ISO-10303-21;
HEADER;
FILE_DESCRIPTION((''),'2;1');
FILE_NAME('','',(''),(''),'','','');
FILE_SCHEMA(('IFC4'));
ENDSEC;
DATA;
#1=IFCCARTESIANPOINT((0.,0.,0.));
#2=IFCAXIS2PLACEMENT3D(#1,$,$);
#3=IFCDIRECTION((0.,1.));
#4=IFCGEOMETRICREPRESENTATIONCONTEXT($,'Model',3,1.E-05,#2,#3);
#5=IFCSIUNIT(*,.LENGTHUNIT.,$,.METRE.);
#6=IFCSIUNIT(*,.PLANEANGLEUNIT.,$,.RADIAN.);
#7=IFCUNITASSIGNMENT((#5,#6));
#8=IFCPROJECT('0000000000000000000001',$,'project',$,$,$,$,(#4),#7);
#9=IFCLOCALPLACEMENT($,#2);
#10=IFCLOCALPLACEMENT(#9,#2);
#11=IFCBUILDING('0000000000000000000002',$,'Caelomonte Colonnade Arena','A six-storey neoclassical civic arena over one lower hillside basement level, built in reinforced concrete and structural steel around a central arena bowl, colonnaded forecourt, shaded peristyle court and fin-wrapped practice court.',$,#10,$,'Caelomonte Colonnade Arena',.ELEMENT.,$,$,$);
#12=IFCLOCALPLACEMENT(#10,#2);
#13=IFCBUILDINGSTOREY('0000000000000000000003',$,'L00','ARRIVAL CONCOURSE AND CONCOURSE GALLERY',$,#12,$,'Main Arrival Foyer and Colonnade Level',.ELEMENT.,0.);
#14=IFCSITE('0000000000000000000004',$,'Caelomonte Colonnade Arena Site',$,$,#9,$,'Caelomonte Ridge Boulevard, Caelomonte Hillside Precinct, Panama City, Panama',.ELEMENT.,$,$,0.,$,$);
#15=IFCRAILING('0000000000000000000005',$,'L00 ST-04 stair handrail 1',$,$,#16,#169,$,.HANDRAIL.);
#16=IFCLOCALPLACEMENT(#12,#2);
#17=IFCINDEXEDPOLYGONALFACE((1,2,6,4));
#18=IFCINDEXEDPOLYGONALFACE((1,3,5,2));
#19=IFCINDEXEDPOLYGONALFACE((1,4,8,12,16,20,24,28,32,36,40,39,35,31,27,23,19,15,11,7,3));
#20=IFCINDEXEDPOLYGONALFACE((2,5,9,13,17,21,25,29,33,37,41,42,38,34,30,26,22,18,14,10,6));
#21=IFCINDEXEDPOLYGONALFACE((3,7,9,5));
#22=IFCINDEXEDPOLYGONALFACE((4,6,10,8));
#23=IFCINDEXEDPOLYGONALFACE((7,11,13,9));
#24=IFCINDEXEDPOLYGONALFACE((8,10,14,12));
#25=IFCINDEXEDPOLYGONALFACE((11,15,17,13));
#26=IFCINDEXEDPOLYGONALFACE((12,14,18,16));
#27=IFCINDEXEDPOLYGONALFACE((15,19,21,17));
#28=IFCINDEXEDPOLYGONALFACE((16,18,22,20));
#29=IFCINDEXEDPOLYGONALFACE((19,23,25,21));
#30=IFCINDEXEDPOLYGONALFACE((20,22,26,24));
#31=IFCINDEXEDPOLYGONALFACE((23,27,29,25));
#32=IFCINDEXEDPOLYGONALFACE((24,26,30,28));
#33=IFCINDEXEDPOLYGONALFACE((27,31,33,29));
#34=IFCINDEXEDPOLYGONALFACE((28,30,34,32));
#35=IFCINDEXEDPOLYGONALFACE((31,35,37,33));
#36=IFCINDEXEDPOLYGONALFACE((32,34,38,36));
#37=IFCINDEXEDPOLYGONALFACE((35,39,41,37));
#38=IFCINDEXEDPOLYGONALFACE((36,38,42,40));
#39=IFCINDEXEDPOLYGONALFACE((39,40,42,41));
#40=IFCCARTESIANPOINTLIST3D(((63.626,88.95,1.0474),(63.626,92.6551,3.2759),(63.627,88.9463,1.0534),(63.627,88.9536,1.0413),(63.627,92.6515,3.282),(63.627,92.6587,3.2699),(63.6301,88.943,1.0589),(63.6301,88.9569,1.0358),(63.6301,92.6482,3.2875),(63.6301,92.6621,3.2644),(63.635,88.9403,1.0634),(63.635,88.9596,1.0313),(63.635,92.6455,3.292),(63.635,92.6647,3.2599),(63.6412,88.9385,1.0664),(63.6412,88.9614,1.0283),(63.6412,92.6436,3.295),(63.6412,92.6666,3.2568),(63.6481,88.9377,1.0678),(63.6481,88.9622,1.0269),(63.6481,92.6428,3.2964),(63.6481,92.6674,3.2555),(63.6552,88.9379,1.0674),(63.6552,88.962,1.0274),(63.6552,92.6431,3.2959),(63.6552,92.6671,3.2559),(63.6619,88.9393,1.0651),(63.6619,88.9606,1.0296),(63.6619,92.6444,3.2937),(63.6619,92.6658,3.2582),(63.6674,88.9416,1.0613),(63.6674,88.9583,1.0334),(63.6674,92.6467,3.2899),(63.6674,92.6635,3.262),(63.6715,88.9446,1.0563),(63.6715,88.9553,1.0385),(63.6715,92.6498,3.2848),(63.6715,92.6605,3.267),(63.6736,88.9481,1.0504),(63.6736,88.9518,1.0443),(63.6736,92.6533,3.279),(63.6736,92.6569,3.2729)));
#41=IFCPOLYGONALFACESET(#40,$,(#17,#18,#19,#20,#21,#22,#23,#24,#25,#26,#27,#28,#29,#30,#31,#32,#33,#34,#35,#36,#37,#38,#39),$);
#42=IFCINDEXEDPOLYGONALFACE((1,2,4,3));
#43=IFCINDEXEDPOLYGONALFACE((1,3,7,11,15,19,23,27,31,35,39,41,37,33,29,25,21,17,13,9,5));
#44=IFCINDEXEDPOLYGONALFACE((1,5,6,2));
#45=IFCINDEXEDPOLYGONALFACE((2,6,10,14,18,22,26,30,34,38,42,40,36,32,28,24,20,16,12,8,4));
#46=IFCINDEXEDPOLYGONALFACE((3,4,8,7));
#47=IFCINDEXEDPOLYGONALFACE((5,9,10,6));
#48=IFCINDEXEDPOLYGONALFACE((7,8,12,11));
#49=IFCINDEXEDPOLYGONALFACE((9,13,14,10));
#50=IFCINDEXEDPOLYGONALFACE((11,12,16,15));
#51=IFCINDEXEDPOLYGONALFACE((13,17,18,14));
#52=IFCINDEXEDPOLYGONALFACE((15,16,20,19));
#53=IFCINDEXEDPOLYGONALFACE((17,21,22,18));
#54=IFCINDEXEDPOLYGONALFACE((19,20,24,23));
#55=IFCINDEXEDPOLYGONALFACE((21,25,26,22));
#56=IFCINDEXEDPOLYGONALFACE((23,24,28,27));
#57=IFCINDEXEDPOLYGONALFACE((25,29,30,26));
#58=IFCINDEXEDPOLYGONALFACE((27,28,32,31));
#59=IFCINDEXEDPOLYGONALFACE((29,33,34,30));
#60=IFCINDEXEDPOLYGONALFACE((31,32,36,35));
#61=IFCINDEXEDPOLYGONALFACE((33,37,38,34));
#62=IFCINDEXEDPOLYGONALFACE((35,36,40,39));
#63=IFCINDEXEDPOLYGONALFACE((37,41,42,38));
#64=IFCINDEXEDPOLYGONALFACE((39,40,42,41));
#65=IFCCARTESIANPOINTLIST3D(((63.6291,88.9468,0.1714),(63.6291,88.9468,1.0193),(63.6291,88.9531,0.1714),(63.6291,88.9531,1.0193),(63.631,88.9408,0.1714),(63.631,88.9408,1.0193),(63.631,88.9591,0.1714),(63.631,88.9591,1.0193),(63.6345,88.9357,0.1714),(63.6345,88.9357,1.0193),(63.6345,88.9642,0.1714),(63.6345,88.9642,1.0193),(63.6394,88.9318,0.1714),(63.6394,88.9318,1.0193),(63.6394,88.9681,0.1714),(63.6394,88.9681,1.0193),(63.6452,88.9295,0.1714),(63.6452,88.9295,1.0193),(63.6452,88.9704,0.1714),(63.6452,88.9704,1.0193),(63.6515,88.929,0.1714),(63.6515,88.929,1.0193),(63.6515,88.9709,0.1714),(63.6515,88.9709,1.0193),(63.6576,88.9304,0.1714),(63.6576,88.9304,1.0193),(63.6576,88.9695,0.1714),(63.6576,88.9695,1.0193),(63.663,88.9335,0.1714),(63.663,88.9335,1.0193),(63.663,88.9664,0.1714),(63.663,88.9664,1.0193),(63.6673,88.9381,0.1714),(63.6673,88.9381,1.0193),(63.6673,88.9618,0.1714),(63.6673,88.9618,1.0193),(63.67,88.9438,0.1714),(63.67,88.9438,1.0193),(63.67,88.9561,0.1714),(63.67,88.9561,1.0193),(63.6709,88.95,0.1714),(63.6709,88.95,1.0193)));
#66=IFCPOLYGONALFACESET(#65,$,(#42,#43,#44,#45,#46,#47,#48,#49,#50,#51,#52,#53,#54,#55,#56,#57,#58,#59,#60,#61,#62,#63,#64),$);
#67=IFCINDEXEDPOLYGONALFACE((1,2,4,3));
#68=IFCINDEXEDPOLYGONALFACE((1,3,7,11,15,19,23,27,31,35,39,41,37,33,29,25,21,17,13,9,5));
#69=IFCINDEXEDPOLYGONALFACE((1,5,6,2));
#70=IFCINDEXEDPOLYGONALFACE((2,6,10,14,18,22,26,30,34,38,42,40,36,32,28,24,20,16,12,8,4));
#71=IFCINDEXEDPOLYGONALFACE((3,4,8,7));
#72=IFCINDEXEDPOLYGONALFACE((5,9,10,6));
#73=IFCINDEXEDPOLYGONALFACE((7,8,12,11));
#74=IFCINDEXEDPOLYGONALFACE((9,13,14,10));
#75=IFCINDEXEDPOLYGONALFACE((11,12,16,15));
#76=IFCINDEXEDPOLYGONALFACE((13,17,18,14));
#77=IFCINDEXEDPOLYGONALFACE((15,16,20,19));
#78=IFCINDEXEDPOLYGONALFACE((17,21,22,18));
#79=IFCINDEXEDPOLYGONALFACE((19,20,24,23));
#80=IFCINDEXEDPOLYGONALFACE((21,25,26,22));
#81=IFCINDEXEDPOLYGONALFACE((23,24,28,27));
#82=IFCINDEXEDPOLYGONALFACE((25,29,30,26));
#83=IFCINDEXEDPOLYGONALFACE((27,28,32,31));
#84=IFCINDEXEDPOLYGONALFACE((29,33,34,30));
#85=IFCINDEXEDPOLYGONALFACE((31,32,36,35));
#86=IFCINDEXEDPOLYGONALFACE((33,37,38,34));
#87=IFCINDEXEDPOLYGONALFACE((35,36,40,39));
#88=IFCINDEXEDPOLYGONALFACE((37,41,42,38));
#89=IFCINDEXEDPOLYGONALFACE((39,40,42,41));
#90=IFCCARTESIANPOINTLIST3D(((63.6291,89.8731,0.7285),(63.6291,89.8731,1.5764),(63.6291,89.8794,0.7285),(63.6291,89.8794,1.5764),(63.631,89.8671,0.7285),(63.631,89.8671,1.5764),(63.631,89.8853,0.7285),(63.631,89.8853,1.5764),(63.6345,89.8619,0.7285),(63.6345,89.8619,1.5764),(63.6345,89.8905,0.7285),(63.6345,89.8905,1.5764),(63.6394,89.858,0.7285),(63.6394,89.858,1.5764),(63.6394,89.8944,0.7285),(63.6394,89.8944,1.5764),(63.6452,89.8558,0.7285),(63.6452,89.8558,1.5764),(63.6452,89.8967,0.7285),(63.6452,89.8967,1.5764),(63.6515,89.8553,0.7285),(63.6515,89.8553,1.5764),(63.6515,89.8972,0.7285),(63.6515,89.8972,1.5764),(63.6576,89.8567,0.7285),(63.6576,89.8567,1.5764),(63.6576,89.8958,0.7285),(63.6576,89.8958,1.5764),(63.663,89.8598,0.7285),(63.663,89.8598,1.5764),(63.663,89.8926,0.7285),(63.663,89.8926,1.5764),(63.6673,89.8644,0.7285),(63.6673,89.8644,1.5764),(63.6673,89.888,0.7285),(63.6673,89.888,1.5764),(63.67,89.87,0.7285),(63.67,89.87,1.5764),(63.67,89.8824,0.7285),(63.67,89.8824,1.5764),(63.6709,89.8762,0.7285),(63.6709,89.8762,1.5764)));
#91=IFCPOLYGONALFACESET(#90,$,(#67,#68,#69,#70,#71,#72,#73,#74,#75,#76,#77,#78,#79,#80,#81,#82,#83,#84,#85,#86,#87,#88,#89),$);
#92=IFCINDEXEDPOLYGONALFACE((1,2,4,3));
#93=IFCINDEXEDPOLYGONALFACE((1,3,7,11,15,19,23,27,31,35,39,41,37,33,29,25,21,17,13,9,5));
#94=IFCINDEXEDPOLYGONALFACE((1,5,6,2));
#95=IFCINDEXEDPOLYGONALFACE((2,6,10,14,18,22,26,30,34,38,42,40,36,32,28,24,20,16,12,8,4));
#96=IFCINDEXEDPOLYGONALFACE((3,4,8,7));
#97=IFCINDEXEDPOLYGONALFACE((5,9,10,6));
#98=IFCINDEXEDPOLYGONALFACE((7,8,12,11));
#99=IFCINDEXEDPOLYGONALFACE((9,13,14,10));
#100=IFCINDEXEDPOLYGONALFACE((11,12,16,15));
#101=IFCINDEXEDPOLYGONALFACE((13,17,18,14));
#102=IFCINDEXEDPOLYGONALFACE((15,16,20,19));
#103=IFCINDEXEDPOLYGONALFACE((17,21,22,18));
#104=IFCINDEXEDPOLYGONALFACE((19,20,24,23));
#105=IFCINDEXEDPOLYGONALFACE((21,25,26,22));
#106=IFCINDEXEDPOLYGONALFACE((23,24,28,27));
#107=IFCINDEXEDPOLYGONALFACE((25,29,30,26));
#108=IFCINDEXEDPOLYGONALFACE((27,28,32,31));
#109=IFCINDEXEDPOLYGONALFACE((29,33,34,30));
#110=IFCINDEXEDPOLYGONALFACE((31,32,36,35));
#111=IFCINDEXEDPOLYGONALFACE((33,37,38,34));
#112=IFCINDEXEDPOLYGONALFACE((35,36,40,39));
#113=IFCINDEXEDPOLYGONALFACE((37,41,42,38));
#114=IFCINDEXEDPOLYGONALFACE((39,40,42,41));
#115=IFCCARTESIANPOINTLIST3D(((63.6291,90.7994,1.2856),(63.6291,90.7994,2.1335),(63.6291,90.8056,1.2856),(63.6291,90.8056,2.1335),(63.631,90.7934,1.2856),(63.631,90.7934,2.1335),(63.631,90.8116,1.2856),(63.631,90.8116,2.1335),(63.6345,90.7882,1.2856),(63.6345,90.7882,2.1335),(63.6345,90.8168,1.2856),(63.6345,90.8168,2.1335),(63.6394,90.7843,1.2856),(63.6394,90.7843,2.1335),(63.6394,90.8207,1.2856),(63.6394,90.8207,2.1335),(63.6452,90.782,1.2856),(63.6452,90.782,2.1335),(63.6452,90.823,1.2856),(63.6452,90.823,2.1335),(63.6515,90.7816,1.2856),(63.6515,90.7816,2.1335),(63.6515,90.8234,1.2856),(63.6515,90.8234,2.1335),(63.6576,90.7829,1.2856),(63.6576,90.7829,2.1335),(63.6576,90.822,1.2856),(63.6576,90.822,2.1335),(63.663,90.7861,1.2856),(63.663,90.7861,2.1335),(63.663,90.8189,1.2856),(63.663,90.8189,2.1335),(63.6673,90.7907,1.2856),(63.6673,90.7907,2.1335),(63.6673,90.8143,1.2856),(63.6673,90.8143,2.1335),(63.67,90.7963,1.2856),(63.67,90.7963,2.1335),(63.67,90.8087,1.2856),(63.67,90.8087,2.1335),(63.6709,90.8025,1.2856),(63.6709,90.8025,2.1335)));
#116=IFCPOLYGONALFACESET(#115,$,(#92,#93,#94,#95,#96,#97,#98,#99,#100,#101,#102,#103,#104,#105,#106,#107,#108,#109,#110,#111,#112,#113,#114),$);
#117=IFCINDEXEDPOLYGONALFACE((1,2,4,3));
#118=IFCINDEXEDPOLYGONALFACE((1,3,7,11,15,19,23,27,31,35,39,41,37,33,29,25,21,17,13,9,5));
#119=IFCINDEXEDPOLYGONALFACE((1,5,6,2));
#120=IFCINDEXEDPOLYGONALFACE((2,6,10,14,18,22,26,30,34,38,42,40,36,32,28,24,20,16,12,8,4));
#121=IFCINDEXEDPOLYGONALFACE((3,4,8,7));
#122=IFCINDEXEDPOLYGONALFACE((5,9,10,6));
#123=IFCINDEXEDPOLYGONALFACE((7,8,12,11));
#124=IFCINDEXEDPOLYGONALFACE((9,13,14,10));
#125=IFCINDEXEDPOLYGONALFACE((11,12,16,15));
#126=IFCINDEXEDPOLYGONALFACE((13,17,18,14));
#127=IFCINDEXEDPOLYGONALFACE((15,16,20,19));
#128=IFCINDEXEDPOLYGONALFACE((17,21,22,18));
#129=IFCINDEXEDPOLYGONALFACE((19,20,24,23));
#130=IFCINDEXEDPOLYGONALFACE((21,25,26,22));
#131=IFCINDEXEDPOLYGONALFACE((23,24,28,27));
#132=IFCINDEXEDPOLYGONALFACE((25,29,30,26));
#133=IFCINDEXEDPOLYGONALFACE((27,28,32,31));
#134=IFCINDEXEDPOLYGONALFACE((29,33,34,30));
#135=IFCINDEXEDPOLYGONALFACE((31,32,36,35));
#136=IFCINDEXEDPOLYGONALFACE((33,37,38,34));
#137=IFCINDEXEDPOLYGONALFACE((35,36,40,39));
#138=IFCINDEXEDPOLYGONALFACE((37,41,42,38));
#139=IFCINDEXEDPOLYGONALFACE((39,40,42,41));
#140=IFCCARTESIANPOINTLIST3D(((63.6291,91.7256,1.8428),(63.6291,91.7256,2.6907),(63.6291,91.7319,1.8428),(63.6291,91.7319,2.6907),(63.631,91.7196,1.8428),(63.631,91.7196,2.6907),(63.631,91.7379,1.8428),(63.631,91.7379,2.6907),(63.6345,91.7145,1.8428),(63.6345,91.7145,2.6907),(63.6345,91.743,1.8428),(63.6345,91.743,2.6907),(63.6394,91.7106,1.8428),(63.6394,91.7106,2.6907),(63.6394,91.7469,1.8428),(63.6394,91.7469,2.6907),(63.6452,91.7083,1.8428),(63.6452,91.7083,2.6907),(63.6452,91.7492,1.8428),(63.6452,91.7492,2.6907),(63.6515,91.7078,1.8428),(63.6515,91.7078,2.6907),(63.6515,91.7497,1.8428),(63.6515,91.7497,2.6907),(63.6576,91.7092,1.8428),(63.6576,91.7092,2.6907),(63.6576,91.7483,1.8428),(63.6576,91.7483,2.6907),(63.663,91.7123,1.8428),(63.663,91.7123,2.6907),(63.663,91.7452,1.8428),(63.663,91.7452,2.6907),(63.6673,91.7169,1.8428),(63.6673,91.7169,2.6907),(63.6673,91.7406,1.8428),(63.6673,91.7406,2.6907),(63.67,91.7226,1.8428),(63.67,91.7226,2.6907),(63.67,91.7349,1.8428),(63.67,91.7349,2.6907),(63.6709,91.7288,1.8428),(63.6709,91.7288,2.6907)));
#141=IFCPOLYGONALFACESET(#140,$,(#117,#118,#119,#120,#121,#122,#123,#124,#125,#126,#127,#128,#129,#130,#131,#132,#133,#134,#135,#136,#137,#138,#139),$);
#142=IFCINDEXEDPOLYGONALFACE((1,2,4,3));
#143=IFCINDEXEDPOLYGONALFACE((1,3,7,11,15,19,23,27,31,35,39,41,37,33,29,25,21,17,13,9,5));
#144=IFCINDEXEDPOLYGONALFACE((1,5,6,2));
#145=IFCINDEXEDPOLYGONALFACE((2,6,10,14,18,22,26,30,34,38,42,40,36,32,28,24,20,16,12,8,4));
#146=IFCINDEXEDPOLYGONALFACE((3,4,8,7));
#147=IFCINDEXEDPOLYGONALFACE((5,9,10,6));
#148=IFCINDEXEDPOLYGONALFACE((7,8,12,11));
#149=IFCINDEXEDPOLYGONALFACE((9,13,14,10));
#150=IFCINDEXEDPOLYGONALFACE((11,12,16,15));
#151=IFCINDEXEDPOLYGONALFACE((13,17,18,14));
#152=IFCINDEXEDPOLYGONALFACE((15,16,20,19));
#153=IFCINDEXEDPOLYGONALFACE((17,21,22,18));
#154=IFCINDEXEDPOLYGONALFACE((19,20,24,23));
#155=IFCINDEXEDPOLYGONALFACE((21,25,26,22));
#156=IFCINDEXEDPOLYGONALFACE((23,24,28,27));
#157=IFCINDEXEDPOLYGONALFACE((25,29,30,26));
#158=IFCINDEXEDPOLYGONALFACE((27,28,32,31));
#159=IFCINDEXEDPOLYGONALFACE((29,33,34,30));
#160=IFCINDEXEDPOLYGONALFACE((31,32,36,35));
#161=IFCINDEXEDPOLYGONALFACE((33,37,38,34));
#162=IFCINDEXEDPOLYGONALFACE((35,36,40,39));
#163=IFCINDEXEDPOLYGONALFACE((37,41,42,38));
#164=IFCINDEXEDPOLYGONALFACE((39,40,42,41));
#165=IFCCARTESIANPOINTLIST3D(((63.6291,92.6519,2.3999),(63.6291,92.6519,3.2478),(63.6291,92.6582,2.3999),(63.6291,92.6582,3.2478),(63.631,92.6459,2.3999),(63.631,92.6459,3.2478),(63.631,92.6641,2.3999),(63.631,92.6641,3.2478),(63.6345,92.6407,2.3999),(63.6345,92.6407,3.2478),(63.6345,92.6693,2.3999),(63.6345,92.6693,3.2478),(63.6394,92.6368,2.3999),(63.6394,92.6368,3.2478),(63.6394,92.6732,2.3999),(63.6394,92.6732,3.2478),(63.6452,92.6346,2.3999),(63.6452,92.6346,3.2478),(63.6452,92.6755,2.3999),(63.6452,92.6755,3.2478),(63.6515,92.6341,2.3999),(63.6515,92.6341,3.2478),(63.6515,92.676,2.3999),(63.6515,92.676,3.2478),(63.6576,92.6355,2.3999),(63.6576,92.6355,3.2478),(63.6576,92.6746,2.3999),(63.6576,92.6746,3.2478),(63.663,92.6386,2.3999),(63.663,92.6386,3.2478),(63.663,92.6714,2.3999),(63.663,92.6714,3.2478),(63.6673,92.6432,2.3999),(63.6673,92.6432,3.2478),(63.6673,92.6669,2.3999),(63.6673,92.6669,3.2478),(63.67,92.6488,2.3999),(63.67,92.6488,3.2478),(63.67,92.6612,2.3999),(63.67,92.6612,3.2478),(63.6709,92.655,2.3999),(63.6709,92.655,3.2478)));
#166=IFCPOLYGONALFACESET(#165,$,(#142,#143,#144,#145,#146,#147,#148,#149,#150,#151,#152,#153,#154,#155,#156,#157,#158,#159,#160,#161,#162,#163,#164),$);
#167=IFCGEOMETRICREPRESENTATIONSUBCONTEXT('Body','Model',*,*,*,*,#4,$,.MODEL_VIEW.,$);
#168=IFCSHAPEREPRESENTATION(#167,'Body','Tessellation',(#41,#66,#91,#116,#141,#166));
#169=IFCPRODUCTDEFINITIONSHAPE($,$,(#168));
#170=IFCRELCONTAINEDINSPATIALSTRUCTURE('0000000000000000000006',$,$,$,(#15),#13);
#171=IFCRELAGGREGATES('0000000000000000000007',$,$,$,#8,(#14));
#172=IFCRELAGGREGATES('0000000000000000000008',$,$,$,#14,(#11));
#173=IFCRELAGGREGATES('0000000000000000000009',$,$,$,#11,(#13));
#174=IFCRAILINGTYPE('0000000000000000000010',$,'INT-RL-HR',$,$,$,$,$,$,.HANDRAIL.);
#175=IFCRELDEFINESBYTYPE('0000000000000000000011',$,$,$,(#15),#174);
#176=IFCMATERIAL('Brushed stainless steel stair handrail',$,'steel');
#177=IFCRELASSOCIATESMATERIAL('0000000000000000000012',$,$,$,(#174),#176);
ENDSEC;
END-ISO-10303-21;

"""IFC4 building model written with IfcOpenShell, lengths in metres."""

from ifc_helpers import new_model, si_unit, direction, frame, origin, origin_2d, place, context, subcontext, project, spatial, circle, extrude, material, type_object, element, save


model = new_model("IFC4")

# Units and contexts
model_context = context("Model", 3, precision=1e-05, world=origin(), true_north=direction((0.0, 1.0)))
body_context = subcontext(model_context, "Body", "Model", "MODEL_VIEW")
ifc_project = project(units=[si_unit("LENGTHUNIT", "METRE"), si_unit("PLANEANGLEUNIT", "RADIAN")], contexts=[model_context])

# Site, building, storey
site_placement = place(None, origin())
site = spatial("IfcSite", under=ifc_project, at=site_placement, Name="Caelomonte Colonnade Arena Site", LongName="Caelomonte Ridge Boulevard, Caelomonte Hillside Precinct, Panama City, Panama", CompositionType="ELEMENT", RefElevation=0.0)
building_placement = place(site_placement, origin())
building = spatial("IfcBuilding", under=site, at=building_placement, Name="Caelomonte Colonnade Arena", Description="A six-storey neoclassical civic arena over one lower hillside basement level, built in reinforced concrete and structural steel around a central arena bowl, colonnaded forecourt, shaded peristyle court and fin-wrapped practice court.", LongName="Caelomonte Colonnade Arena", CompositionType="ELEMENT")
storey_placement = place(building_placement, origin())
storey = spatial("IfcBuildingStorey", under=building, at=storey_placement, Name="L00", Description="ARRIVAL CONCOURSE AND CONCOURSE GALLERY", LongName="Main Arrival Foyer and Colonnade Level", CompositionType="ELEMENT", Elevation=0.0)

# Railing
ifc_material_1 = material(Name="Brushed stainless steel stair handrail", Category="steel")
railing_type_1 = type_object("IfcRailingType", Name="INT-RL-HR", PredefinedType="HANDRAIL", material=ifc_material_1)
railing_1_placement = place(storey_placement, frame((63.6499, 88.95, 0.1714)))
element("IfcRailing", 1, at=railing_1_placement, inside=storey, type_object=railing_type_1, Name="L00 ST-04 stair handrail 1", PredefinedType="HANDRAIL", context=body_context, shape_type="SweptSolid", body=[
    extrude(circle(Radius=0.0239, at=origin_2d()), frame((0.0, 0.0, 0.876), z_axis=(0.0, 0.856934, 0.515425), x_axis=(-1.0, 0.0, 0.0)), (0.0, 0.0, 1.0), 4.3237),
    extrude(circle(Radius=0.021, at=origin_2d()), origin(), (0.0, 0.0, 1.0), 0.8479),
    extrude(circle(Radius=0.021, at=origin_2d()), frame((0.0, 0.9263, 0.5571)), (0.0, 0.0, 1.0), 0.8479),
    extrude(circle(Radius=0.021, at=origin_2d()), frame((0.0, 1.8525, 1.1143)), (0.0, 0.0, 1.0), 0.8479),
    extrude(circle(Radius=0.021, at=origin_2d()), frame((0.0, 2.7788, 1.6714)), (0.0, 0.0, 1.0), 0.8479),
    extrude(circle(Radius=0.021, at=origin_2d()), frame((0.0, 3.7051, 2.2285)), (0.0, 0.0, 1.0), 0.8479),
])

save(model, "model.ifc")
